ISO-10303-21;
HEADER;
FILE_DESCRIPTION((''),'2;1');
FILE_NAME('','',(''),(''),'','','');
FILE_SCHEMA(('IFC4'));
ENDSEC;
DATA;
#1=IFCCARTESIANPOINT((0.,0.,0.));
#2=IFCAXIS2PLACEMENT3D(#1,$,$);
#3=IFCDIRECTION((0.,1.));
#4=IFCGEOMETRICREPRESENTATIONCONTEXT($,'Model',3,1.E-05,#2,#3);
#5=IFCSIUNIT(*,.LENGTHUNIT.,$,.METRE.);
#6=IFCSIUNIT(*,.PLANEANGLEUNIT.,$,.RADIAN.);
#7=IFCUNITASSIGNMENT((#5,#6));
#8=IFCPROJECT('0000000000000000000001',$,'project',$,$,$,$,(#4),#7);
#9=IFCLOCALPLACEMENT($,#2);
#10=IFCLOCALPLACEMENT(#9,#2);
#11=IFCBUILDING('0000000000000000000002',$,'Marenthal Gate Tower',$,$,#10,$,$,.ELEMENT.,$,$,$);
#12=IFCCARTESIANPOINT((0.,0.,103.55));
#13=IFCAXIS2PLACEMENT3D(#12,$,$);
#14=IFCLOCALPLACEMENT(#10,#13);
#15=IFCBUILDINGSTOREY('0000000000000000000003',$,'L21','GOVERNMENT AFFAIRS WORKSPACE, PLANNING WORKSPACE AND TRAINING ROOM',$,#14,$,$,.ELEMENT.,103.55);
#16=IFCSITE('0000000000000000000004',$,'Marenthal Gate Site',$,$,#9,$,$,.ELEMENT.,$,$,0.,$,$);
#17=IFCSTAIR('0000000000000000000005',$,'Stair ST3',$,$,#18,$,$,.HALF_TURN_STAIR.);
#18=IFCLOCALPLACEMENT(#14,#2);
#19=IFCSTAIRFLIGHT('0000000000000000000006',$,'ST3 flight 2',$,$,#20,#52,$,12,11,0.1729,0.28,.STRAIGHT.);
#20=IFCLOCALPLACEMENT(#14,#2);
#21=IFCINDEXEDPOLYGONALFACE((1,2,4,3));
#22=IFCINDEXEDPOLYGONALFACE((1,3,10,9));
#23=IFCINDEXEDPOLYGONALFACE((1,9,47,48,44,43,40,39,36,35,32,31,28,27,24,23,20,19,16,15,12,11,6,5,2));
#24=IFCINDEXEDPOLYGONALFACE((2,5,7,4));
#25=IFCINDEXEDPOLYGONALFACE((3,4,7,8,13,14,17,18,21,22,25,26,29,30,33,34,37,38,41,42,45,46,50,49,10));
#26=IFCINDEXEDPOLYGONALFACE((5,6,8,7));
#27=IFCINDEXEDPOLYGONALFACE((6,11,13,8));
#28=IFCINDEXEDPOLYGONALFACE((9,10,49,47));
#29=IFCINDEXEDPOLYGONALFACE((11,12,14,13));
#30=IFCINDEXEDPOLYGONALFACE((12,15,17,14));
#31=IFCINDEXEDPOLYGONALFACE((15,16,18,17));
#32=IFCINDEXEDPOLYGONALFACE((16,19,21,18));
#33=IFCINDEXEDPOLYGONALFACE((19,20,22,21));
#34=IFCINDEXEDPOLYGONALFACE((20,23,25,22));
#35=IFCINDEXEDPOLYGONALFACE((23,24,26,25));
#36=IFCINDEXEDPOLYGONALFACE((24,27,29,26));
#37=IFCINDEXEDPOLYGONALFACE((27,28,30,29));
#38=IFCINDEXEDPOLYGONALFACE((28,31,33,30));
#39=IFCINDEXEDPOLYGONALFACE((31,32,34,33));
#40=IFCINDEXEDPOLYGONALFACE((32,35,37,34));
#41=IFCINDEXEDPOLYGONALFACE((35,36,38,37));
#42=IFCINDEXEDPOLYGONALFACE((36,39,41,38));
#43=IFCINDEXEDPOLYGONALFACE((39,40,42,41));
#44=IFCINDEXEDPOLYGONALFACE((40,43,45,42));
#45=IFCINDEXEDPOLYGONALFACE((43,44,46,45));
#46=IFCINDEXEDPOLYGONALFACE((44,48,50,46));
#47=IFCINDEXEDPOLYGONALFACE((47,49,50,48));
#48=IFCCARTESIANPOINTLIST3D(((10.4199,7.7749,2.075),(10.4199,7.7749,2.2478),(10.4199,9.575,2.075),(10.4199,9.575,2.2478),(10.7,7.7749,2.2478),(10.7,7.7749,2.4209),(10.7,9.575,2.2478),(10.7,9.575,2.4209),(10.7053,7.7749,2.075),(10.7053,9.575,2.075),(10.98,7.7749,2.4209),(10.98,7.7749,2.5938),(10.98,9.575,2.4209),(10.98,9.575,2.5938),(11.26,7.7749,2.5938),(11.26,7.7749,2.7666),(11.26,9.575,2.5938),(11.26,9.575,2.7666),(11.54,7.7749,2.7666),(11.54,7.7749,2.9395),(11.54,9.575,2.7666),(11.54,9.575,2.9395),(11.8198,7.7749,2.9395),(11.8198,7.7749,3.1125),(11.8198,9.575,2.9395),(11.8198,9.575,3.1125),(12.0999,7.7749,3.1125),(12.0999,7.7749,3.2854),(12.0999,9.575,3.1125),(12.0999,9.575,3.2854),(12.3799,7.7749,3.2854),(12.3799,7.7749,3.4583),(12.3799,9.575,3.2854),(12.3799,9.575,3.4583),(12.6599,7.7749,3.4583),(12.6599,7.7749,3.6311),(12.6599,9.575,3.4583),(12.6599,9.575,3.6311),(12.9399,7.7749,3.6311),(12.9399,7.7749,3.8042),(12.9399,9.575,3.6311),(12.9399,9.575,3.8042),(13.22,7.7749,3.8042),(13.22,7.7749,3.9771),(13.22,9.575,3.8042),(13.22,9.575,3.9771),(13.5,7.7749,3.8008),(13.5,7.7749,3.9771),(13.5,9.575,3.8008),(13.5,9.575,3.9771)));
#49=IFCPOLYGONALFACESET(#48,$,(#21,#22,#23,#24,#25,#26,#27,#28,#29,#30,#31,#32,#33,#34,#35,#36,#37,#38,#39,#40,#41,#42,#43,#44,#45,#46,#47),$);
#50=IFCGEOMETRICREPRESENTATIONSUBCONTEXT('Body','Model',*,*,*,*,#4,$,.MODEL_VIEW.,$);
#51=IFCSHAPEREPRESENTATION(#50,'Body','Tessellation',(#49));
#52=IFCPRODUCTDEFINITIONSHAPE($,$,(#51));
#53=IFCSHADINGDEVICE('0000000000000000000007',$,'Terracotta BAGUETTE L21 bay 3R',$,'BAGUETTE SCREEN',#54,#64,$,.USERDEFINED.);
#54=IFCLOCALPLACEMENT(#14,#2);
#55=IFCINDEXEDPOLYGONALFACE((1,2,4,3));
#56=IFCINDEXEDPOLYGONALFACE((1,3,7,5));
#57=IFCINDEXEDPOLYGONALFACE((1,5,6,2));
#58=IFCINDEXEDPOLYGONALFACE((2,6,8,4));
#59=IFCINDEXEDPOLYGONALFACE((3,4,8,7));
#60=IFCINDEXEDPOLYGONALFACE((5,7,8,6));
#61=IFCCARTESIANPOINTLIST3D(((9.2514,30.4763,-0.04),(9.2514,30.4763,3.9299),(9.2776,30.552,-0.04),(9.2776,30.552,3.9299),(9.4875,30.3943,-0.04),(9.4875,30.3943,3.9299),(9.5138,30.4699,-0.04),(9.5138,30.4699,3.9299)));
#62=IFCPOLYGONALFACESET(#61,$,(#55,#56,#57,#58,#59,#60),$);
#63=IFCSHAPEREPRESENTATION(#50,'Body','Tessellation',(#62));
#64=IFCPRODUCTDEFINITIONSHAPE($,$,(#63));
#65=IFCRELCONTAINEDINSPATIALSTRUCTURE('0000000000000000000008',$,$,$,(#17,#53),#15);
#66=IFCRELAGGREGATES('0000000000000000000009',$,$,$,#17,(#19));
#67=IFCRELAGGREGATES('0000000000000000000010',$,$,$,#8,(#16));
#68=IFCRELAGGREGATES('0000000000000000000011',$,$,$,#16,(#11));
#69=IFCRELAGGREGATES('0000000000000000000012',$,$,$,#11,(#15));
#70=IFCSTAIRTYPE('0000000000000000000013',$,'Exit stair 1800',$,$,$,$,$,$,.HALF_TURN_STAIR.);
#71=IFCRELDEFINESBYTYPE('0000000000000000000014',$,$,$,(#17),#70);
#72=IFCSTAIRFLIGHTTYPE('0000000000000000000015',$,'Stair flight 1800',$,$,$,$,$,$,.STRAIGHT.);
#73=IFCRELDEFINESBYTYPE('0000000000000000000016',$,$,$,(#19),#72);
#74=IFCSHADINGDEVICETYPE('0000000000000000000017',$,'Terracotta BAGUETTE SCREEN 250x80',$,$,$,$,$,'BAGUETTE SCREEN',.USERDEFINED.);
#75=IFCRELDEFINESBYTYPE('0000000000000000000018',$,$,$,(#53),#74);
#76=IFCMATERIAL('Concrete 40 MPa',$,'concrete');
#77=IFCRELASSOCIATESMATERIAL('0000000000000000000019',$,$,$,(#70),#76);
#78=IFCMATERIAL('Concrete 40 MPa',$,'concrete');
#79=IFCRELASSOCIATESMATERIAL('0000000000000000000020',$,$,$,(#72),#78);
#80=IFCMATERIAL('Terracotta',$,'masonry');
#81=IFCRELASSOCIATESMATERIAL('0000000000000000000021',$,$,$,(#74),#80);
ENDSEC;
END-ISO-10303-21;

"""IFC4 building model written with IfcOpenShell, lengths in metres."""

from ifc_helpers import new_model, si_unit, direction, frame, origin, origin_2d, place, context, subcontext, project, spatial, polyline, rectangle, outline, extrude, material, material_profile, profile_set, type_object, element, aggregate, save


model = new_model("IFC4")

# Units and contexts
model_context = context("Model", 3, precision=1e-05, world=origin(), true_north=direction((0.0, 1.0)))
body_context = subcontext(model_context, "Body", "Model", "MODEL_VIEW")
ifc_project = project(units=[si_unit("LENGTHUNIT", "METRE"), si_unit("PLANEANGLEUNIT", "RADIAN")], contexts=[model_context])

# Site, building, storey
site_placement = place(None, origin())
site = spatial("IfcSite", under=ifc_project, at=site_placement, Name="Marenthal Gate Site", CompositionType="ELEMENT", RefElevation=0.0)
building_placement = place(site_placement, origin())
building = spatial("IfcBuilding", under=site, at=building_placement, Name="Marenthal Gate Tower", CompositionType="ELEMENT")
storey_placement = place(building_placement, frame((0.0, 0.0, 103.55)))
storey = spatial("IfcBuildingStorey", under=building, at=storey_placement, Name="L21", Description="GOVERNMENT AFFAIRS WORKSPACE, PLANNING WORKSPACE AND TRAINING ROOM", CompositionType="ELEMENT", Elevation=103.55)

# Stair
ifc_material_1 = material(Name="Concrete 40 MPa", Category="concrete")
stair_type = type_object("IfcStairType", Name="Exit stair 1800", PredefinedType="HALF_TURN_STAIR", material=ifc_material_1)
stair_1_placement = place(storey_placement, origin())
stair_1 = element("IfcStair", 1, at=stair_1_placement, inside=storey, type_object=stair_type, Name="Stair ST3", PredefinedType="HALF_TURN_STAIR")

# Stair flight
ifc_material_2 = material(Name="Concrete 40 MPa", Category="concrete")
stair_flight_type = type_object("IfcStairFlightType", Name="Stair flight 1800", PredefinedType="STRAIGHT", material=ifc_material_2)
stair_flight_1_placement = place(storey_placement, frame((10.4199, 8.675, 2.075), z_axis=(0.0, 0.0, 1.0), x_axis=(1.0, 0.0, 0.0)))
stair_flight_1 = element("IfcStairFlight", 2, at=stair_flight_1_placement, type_object=stair_flight_type, Name="ST3 flight 2", NumberOfRisers=12, NumberOfTreads=11, PredefinedType="STRAIGHT", RiserHeight=0.1729, TreadLength=0.28, context=body_context, shape_type="SweptSolid", body=[
    extrude(outline(polyline([(0.0, 0.0), (0.0, 0.1729), (0.28, 0.1729), (0.28, 0.3459), (0.5601, 0.3459), (0.5601, 0.5188), (0.8401, 0.5188), (0.8401, 0.6917), (1.1201, 0.6917), (1.1201, 0.8645), (1.3999, 0.8645), (1.3999, 1.0376), (1.6799, 1.0376), (1.6799, 1.2104), (1.96, 1.2104), (1.96, 1.3833), (2.24, 1.3833), (2.24, 1.5562), (2.52, 1.5562), (2.52, 1.7292), (2.8, 1.7292), (2.8, 1.9021), (3.0801, 1.9021), (3.0801, 2.075), (3.0801, 1.7258), (0.2854, 0.0), (0.0, 0.0)])), frame((0.0, 0.8999, 0.0), z_axis=(0.0, -1.0, 0.0), x_axis=(1.0, 0.0, 0.0)), (0.0, 0.0, 1.0), 1.8),
])
aggregate(stair_1, [stair_flight_1])

# Shading device
ifc_material_3 = material(Name="Terracotta", Category="masonry")
ifc_material_profile_1 = material_profile(ifc_material_3, rectangle(XDim=0.25, YDim=0.0801, at=origin_2d()), Name="Terracotta baguette 250x80")
ifc_profile_set_1 = profile_set([ifc_material_profile_1], Name="Terracotta")
shading_device_type = type_object("IfcShadingDeviceType", Name="Terracotta BAGUETTE SCREEN 250x80", ElementType="BAGUETTE SCREEN", PredefinedType="USERDEFINED", material=ifc_profile_set_1)
shading_device_placement = place(storey_placement, frame((9.3826, 30.4731, -0.04), z_axis=(0.0, 0.0, 1.0), x_axis=(-0.944614, 0.328183, 0.0)))
element("IfcShadingDevice", 3, at=shading_device_placement, inside=storey, type_object=shading_device_type, Name="Terracotta BAGUETTE L21 bay 3R", ObjectType="BAGUETTE SCREEN", PredefinedType="USERDEFINED", context=body_context, shape_type="SweptSolid", body=[
    extrude(rectangle(XDim=0.25, YDim=0.0801, at=origin_2d()), origin(), (0.0, 0.0, 1.0), 3.97),
])

save(model, "model.ifc")
